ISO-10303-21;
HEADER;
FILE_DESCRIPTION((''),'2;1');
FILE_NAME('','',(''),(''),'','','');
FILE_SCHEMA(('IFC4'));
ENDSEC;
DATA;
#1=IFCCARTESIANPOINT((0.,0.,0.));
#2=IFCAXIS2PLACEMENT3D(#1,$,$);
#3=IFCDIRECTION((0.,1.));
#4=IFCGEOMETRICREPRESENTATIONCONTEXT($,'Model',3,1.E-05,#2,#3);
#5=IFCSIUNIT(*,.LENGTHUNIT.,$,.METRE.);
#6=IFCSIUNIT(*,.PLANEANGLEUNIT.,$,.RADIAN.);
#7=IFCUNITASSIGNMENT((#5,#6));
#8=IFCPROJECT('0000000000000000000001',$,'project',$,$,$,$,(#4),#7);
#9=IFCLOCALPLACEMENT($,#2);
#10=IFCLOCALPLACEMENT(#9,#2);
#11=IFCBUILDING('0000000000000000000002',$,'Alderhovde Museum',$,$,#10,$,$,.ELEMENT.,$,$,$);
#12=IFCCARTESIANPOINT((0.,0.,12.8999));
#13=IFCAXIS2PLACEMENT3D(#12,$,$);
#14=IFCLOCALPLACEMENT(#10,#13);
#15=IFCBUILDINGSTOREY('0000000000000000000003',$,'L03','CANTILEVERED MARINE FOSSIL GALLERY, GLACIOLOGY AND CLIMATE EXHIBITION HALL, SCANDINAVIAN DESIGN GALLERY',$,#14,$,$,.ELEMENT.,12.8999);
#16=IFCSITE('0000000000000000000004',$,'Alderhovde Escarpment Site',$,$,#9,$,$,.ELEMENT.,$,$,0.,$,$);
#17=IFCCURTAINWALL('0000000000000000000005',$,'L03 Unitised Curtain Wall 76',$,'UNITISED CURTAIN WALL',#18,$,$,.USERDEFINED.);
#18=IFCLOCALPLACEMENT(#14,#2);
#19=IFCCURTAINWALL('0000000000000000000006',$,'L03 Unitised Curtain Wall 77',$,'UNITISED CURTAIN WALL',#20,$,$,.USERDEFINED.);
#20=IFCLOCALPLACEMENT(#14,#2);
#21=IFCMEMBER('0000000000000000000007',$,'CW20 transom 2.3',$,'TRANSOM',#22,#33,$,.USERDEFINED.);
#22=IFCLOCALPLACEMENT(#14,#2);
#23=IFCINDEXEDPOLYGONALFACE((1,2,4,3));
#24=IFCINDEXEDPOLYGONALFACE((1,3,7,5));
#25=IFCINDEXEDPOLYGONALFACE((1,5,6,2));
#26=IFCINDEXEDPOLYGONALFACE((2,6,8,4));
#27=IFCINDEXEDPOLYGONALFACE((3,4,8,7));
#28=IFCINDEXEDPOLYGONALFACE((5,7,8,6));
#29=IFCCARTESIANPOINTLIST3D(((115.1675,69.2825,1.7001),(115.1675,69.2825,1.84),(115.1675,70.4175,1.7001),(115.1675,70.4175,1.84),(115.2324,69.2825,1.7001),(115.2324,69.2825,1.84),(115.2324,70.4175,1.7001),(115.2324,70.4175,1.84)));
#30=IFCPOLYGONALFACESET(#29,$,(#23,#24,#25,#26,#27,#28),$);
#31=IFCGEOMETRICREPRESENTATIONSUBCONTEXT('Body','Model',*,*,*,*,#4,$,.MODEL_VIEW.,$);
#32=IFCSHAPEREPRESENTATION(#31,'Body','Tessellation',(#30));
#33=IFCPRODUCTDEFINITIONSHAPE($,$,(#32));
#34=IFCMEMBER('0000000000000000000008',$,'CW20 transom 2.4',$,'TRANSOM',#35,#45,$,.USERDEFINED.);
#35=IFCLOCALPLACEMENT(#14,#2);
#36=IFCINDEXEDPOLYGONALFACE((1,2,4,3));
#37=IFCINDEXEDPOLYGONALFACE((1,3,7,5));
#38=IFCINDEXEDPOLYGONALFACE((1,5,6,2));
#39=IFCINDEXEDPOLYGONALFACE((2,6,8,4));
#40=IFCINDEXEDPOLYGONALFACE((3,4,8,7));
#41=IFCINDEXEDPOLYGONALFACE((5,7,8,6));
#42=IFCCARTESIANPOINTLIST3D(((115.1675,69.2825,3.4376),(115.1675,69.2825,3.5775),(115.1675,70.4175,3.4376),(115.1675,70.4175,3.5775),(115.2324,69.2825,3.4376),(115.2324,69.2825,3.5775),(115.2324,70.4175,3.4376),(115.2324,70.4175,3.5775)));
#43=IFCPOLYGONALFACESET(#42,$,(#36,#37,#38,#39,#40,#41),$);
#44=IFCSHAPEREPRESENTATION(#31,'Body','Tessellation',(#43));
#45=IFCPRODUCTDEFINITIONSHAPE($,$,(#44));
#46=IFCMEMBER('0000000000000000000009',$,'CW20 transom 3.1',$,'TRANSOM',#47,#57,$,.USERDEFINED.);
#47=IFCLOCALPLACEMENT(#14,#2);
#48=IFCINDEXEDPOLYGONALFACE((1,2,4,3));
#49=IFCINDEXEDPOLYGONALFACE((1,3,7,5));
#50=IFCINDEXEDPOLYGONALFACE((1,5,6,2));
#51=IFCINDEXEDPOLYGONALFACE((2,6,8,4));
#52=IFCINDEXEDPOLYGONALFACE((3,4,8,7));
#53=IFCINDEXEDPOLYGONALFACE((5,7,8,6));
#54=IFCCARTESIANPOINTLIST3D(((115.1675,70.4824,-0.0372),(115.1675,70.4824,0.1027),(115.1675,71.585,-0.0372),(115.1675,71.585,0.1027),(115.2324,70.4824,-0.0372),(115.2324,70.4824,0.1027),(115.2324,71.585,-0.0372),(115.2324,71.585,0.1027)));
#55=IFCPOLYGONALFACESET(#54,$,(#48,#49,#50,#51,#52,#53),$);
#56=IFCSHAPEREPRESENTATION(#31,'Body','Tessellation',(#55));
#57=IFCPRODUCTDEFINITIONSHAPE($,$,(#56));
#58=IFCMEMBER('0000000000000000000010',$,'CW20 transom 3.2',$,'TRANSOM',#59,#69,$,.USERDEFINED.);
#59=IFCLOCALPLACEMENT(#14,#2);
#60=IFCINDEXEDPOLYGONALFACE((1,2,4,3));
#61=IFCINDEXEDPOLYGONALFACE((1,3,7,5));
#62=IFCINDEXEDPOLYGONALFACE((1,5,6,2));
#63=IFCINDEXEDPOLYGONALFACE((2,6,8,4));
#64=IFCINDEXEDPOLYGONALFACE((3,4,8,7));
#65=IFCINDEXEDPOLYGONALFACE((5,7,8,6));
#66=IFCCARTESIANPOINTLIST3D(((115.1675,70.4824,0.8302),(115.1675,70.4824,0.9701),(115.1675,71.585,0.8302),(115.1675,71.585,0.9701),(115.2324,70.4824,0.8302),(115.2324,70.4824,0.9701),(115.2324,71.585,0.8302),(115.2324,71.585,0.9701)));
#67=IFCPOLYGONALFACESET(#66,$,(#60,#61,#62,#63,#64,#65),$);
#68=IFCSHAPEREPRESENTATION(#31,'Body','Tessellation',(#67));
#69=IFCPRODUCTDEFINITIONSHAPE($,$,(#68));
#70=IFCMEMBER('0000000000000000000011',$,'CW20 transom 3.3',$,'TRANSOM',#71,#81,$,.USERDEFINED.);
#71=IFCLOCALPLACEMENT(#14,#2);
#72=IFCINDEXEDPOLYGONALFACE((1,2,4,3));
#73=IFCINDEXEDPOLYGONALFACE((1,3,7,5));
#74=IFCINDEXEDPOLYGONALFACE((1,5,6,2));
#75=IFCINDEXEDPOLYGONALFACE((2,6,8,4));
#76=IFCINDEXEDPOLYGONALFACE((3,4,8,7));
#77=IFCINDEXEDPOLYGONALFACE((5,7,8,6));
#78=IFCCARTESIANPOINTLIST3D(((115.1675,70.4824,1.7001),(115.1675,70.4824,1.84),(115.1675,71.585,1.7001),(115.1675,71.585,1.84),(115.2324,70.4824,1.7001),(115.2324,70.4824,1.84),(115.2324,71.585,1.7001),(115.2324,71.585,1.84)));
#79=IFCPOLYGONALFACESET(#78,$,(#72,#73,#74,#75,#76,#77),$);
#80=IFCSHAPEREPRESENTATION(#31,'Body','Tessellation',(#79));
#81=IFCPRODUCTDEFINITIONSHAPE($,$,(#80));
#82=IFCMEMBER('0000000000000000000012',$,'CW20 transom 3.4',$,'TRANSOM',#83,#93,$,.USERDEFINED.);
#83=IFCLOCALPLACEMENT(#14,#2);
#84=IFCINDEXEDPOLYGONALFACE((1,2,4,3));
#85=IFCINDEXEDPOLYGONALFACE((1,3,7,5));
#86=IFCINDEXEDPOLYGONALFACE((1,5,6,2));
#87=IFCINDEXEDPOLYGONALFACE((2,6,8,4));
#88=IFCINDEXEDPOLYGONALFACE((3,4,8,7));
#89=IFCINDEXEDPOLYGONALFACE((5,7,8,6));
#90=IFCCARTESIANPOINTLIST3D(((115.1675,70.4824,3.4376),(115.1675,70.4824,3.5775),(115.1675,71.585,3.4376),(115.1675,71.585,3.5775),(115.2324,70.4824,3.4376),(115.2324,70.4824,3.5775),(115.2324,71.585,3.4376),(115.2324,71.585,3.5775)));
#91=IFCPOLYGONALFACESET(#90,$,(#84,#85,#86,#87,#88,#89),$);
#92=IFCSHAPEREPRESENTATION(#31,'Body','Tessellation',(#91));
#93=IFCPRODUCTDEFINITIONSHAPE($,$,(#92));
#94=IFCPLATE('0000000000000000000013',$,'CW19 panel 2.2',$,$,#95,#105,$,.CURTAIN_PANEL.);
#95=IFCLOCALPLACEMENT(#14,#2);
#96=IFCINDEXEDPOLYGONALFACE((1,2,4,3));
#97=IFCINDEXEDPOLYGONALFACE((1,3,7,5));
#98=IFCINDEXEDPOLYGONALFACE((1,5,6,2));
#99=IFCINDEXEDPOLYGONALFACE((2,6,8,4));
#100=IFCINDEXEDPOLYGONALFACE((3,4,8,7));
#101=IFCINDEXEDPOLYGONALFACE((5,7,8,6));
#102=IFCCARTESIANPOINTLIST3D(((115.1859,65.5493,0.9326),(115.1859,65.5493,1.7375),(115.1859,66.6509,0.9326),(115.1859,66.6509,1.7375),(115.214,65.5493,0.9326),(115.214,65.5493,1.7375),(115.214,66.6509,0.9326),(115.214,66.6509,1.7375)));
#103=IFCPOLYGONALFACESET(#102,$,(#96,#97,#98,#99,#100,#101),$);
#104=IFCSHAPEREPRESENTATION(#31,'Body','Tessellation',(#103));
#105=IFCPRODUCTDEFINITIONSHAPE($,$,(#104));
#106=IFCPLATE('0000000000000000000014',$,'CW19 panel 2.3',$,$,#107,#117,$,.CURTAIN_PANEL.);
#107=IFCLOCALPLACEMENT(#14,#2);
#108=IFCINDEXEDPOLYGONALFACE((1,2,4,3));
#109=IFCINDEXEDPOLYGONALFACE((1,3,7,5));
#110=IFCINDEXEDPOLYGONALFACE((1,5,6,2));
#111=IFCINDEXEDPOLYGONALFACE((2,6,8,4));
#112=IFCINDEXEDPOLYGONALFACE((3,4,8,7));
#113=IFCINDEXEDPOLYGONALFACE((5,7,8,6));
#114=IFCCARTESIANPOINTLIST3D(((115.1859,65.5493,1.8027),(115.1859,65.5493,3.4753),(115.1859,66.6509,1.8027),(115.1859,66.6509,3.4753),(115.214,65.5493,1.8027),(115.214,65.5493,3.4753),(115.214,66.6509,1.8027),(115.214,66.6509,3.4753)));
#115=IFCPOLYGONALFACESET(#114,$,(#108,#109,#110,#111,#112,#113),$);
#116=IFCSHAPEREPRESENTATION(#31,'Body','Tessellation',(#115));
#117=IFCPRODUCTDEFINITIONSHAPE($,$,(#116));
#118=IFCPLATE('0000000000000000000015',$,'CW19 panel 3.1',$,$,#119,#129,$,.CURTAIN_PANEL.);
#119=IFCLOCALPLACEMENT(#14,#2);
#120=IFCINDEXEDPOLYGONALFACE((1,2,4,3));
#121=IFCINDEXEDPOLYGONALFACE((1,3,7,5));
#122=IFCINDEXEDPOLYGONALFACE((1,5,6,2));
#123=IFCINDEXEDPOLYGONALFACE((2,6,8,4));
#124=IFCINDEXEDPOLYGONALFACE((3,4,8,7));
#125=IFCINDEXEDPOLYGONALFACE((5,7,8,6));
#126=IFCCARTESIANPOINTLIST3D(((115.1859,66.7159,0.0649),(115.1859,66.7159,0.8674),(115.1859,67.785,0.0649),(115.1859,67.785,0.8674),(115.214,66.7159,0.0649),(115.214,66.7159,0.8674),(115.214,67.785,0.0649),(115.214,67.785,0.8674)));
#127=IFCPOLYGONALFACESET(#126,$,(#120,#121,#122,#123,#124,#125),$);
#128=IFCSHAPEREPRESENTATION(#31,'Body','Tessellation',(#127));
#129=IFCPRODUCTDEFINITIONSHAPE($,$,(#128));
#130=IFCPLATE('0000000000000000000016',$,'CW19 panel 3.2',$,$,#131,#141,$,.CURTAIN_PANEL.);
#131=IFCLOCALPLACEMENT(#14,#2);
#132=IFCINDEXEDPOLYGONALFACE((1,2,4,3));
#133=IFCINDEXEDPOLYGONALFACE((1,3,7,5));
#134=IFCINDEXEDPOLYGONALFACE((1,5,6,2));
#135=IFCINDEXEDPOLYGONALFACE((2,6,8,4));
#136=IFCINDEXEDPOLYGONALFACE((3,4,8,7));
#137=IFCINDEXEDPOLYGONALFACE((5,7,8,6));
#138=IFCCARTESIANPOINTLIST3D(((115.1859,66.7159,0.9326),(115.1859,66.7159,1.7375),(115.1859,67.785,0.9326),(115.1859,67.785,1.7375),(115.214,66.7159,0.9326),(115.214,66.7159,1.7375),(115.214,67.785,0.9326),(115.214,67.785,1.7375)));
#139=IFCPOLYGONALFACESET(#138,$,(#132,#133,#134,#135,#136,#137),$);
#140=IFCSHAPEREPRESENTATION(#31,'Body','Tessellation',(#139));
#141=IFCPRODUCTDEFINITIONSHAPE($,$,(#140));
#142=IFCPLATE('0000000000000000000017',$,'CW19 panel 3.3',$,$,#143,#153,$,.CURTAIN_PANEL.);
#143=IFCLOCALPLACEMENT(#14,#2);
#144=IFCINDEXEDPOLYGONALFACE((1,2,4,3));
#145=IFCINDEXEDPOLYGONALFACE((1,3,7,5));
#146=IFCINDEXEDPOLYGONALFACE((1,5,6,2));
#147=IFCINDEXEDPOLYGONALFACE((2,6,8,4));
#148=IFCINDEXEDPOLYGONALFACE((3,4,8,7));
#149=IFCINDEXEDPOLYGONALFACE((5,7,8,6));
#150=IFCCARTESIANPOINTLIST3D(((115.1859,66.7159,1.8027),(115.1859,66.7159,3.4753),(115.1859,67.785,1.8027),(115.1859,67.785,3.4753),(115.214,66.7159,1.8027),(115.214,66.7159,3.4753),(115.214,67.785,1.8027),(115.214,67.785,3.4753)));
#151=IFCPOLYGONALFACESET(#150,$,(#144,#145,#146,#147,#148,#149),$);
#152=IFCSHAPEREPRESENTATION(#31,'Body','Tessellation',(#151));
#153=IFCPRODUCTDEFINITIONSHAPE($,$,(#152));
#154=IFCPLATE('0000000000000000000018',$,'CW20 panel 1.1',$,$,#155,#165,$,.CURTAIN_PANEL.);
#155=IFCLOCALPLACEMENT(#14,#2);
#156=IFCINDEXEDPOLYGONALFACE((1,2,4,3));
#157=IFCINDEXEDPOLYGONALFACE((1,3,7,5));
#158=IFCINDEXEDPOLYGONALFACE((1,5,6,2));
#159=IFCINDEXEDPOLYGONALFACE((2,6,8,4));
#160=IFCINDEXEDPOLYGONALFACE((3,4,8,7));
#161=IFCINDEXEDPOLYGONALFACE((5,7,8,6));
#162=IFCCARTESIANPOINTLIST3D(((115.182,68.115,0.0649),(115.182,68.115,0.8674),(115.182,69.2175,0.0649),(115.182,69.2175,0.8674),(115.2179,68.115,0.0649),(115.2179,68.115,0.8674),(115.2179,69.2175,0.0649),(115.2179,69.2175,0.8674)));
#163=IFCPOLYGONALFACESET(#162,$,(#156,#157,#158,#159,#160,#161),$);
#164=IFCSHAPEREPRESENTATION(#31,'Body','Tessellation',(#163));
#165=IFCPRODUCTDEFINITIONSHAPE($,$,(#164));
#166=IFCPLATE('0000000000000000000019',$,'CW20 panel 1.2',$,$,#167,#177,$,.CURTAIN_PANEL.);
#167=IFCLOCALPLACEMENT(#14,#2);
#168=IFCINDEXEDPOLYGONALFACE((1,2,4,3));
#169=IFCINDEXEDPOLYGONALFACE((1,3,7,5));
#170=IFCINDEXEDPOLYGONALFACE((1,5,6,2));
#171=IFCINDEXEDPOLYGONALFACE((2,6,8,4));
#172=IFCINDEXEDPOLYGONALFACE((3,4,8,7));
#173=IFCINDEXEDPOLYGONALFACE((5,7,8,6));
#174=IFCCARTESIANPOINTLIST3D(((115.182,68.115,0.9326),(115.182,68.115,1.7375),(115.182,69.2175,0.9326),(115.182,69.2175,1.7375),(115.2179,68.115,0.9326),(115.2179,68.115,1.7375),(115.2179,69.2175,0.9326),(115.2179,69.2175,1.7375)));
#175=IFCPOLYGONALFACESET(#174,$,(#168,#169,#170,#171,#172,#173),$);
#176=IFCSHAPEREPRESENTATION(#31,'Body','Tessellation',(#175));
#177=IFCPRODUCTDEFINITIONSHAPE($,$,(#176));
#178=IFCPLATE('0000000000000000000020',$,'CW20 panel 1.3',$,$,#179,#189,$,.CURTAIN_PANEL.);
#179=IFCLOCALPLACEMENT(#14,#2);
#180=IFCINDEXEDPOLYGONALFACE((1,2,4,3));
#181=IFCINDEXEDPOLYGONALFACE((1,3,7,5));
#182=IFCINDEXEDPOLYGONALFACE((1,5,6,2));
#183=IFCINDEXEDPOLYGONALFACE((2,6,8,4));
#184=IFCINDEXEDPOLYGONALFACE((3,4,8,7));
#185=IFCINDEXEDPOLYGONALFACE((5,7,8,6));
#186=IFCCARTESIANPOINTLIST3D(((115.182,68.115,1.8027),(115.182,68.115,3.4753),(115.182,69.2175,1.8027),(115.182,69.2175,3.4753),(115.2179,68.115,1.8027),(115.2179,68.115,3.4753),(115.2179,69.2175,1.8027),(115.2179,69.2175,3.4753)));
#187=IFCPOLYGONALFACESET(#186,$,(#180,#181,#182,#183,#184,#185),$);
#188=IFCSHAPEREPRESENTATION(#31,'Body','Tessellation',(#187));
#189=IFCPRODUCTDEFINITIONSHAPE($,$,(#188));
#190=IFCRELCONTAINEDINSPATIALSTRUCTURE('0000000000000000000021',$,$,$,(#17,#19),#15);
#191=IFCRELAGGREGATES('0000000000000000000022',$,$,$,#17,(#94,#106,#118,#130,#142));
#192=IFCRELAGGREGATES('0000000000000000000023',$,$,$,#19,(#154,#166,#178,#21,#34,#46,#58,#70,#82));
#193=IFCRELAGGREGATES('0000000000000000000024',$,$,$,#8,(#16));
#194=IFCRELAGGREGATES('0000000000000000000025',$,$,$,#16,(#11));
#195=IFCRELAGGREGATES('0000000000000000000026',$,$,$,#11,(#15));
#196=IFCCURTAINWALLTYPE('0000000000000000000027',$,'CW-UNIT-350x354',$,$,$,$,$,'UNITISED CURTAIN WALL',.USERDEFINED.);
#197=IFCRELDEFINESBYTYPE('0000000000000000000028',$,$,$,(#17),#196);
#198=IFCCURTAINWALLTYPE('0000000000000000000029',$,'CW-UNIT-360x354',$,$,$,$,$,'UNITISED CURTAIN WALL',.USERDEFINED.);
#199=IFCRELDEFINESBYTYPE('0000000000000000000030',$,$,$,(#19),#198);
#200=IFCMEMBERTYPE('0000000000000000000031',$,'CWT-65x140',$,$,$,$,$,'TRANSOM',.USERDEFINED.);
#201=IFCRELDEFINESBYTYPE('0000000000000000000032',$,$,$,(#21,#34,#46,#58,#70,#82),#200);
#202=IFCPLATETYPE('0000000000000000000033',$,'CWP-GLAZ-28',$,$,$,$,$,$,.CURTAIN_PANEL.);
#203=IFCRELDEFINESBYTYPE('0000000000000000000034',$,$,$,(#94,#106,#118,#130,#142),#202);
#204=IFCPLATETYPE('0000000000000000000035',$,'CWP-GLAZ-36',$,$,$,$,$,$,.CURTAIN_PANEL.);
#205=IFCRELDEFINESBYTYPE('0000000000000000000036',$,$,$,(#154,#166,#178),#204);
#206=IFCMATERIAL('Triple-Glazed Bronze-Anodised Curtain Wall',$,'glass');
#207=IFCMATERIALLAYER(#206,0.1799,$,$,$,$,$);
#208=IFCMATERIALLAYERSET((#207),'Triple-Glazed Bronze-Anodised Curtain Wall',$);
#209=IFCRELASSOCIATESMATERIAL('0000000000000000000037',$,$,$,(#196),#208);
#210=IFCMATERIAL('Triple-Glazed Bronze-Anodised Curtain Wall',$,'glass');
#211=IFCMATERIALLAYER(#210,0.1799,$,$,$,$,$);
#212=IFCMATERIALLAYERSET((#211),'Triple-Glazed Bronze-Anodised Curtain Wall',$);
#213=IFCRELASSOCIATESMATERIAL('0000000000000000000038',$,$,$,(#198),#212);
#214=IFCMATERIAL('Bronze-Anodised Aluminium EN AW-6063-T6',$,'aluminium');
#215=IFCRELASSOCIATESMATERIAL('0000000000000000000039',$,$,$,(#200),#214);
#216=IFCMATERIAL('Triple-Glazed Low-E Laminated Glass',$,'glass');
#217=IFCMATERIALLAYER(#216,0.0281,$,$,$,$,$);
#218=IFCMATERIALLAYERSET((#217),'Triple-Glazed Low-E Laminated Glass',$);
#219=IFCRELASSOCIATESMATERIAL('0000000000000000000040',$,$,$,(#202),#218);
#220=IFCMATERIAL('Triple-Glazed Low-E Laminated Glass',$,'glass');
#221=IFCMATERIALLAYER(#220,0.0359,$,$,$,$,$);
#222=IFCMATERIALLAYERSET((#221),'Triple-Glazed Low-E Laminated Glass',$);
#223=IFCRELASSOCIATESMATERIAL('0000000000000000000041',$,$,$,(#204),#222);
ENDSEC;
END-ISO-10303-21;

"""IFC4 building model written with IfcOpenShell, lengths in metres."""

from ifc_helpers import new_model, si_unit, direction, frame, origin, origin_2d, place, context, subcontext, project, spatial, rectangle, extrude, material, layer, layer_set, material_profile, profile_set, type_object, element, aggregate, save


model = new_model("IFC4")

# Units and contexts
model_context = context("Model", 3, precision=1e-05, world=origin(), true_north=direction((0.0, 1.0)))
body_context = subcontext(model_context, "Body", "Model", "MODEL_VIEW")
ifc_project = project(units=[si_unit("LENGTHUNIT", "METRE"), si_unit("PLANEANGLEUNIT", "RADIAN")], contexts=[model_context])

# Site, building, storey
site_placement = place(None, origin())
site = spatial("IfcSite", under=ifc_project, at=site_placement, Name="Alderhovde Escarpment Site", CompositionType="ELEMENT", RefElevation=0.0)
building_placement = place(site_placement, origin())
building = spatial("IfcBuilding", under=site, at=building_placement, Name="Alderhovde Museum", CompositionType="ELEMENT")
storey_placement = place(building_placement, frame((0.0, 0.0, 12.8999)))
storey = spatial("IfcBuildingStorey", under=building, at=storey_placement, Name="L03", Description="CANTILEVERED MARINE FOSSIL GALLERY, GLACIOLOGY AND CLIMATE EXHIBITION HALL, SCANDINAVIAN DESIGN GALLERY", CompositionType="ELEMENT", Elevation=12.8999)

# Curtain walls
ifc_material_1 = material(Name="Triple-Glazed Bronze-Anodised Curtain Wall", Category="glass")
ifc_layer_1 = layer(ifc_material_1, 0.1799)
ifc_layer_set_1 = layer_set([ifc_layer_1], Name="Triple-Glazed Bronze-Anodised Curtain Wall")
curtain_wall_type_1 = type_object("IfcCurtainWallType", Name="CW-UNIT-350x354", ElementType="UNITISED CURTAIN WALL", PredefinedType="USERDEFINED", material=ifc_layer_set_1)
curtain_wall_1_placement = place(storey_placement, origin())
curtain_wall_1 = element("IfcCurtainWall", 1, at=curtain_wall_1_placement, inside=storey, type_object=curtain_wall_type_1, Name="L03 Unitised Curtain Wall 76", ObjectType="UNITISED CURTAIN WALL", PredefinedType="USERDEFINED")
ifc_material_2 = material(Name="Triple-Glazed Bronze-Anodised Curtain Wall", Category="glass")
ifc_layer_2 = layer(ifc_material_2, 0.1799)
ifc_layer_set_2 = layer_set([ifc_layer_2], Name="Triple-Glazed Bronze-Anodised Curtain Wall")
curtain_wall_type_2 = type_object("IfcCurtainWallType", Name="CW-UNIT-360x354", ElementType="UNITISED CURTAIN WALL", PredefinedType="USERDEFINED", material=ifc_layer_set_2)
curtain_wall_2_placement = place(storey_placement, origin())
curtain_wall_2 = element("IfcCurtainWall", 2, at=curtain_wall_2_placement, inside=storey, type_object=curtain_wall_type_2, Name="L03 Unitised Curtain Wall 77", ObjectType="UNITISED CURTAIN WALL", PredefinedType="USERDEFINED")

# Members
ifc_material_3 = material(Name="Bronze-Anodised Aluminium EN AW-6063-T6", Category="aluminium")
ifc_material_profile_1 = material_profile(ifc_material_3, rectangle(XDim=0.0649, YDim=0.1399, at=origin_2d()), Name="TRANSOM 65x140")
ifc_profile_set_1 = profile_set([ifc_material_profile_1], Name="Bronze-Anodised Aluminium EN AW-6063-T6")
member_type_1 = type_object("IfcMemberType", Name="CWT-65x140", ElementType="TRANSOM", PredefinedType="USERDEFINED", material=ifc_profile_set_1)
member_1_placement = place(storey_placement, frame((115.2, 69.2825, 1.77), z_axis=(0.0, 1.0, 0.0), x_axis=(-1.0, 0.0, 0.0)))
member_1 = element("IfcMember", 3, at=member_1_placement, type_object=member_type_1, Name="CW20 transom 2.3", ObjectType="TRANSOM", PredefinedType="USERDEFINED", context=body_context, shape_type="SweptSolid", body=[
    extrude(rectangle(XDim=0.0649, YDim=0.1399, at=origin_2d()), origin(), (0.0, 0.0, 1.0), 1.135),
])
member_2_placement = place(storey_placement, frame((115.2, 69.2825, 3.5076), z_axis=(0.0, 1.0, 0.0), x_axis=(-1.0, 0.0, 0.0)))
member_2 = element("IfcMember", 4, at=member_2_placement, type_object=member_type_1, Name="CW20 transom 2.4", ObjectType="TRANSOM", PredefinedType="USERDEFINED", context=body_context, shape_type="SweptSolid", body=[
    extrude(rectangle(XDim=0.0649, YDim=0.1399, at=origin_2d()), origin(), (0.0, 0.0, 1.0), 1.135),
])
member_3_placement = place(storey_placement, frame((115.2, 70.4824, 0.0327), z_axis=(0.0, 1.0, 0.0), x_axis=(-1.0, 0.0, 0.0)))
member_3 = element("IfcMember", 5, at=member_3_placement, type_object=member_type_1, Name="CW20 transom 3.1", ObjectType="TRANSOM", PredefinedType="USERDEFINED", context=body_context, shape_type="SweptSolid", body=[
    extrude(rectangle(XDim=0.0649, YDim=0.1399, at=origin_2d()), origin(), (0.0, 0.0, 1.0), 1.1025),
])
member_4_placement = place(storey_placement, frame((115.2, 70.4824, 0.9001), z_axis=(0.0, 1.0, 0.0), x_axis=(-1.0, 0.0, 0.0)))
member_4 = element("IfcMember", 6, at=member_4_placement, type_object=member_type_1, Name="CW20 transom 3.2", ObjectType="TRANSOM", PredefinedType="USERDEFINED", context=body_context, shape_type="SweptSolid", body=[
    extrude(rectangle(XDim=0.0649, YDim=0.1399, at=origin_2d()), origin(), (0.0, 0.0, 1.0), 1.1025),
])
member_5_placement = place(storey_placement, frame((115.2, 70.4824, 1.77), z_axis=(0.0, 1.0, 0.0), x_axis=(-1.0, 0.0, 0.0)))
member_5 = element("IfcMember", 7, at=member_5_placement, type_object=member_type_1, Name="CW20 transom 3.3", ObjectType="TRANSOM", PredefinedType="USERDEFINED", context=body_context, shape_type="SweptSolid", body=[
    extrude(rectangle(XDim=0.0649, YDim=0.1399, at=origin_2d()), origin(), (0.0, 0.0, 1.0), 1.1025),
])
member_6_placement = place(storey_placement, frame((115.2, 70.4824, 3.5076), z_axis=(0.0, 1.0, 0.0), x_axis=(-1.0, 0.0, 0.0)))
member_6 = element("IfcMember", 8, at=member_6_placement, type_object=member_type_1, Name="CW20 transom 3.4", ObjectType="TRANSOM", PredefinedType="USERDEFINED", context=body_context, shape_type="SweptSolid", body=[
    extrude(rectangle(XDim=0.0649, YDim=0.1399, at=origin_2d()), origin(), (0.0, 0.0, 1.0), 1.1025),
])

# Plates
ifc_material_4 = material(Name="Triple-Glazed Low-E Laminated Glass", Category="glass")
ifc_layer_3 = layer(ifc_material_4, 0.0281)
ifc_layer_set_3 = layer_set([ifc_layer_3], Name="Triple-Glazed Low-E Laminated Glass")
plate_type_1 = type_object("IfcPlateType", Name="CWP-GLAZ-28", PredefinedType="CURTAIN_PANEL", material=ifc_layer_set_3)
plate_1_placement = place(storey_placement, frame((115.2, 66.1001, 0.9326), z_axis=(0.0, 0.0, 1.0), x_axis=(0.0, 1.0, 0.0)))
plate_1 = element("IfcPlate", 9, at=plate_1_placement, type_object=plate_type_1, Name="CW19 panel 2.2", PredefinedType="CURTAIN_PANEL", context=body_context, shape_type="SweptSolid", body=[
    extrude(rectangle(XDim=1.1016, YDim=0.0281, at=origin_2d()), origin(), (0.0, 0.0, 1.0), 0.8049),
])
plate_2_placement = place(storey_placement, frame((115.2, 66.1001, 1.8027), z_axis=(0.0, 0.0, 1.0), x_axis=(0.0, 1.0, 0.0)))
plate_2 = element("IfcPlate", 10, at=plate_2_placement, type_object=plate_type_1, Name="CW19 panel 2.3", PredefinedType="CURTAIN_PANEL", context=body_context, shape_type="SweptSolid", body=[
    extrude(rectangle(XDim=1.1016, YDim=0.0281, at=origin_2d()), origin(), (0.0, 0.0, 1.0), 1.6726),
])
plate_3_placement = place(storey_placement, frame((115.2, 67.2505, 0.0649), z_axis=(0.0, 0.0, 1.0), x_axis=(0.0, 1.0, 0.0)))
plate_3 = element("IfcPlate", 11, at=plate_3_placement, type_object=plate_type_1, Name="CW19 panel 3.1", PredefinedType="CURTAIN_PANEL", context=body_context, shape_type="SweptSolid", body=[
    extrude(rectangle(XDim=1.0691, YDim=0.0281, at=origin_2d()), origin(), (0.0, 0.0, 1.0), 0.8025),
])
plate_4_placement = place(storey_placement, frame((115.2, 67.2505, 0.9326), z_axis=(0.0, 0.0, 1.0), x_axis=(0.0, 1.0, 0.0)))
plate_4 = element("IfcPlate", 12, at=plate_4_placement, type_object=plate_type_1, Name="CW19 panel 3.2", PredefinedType="CURTAIN_PANEL", context=body_context, shape_type="SweptSolid", body=[
    extrude(rectangle(XDim=1.0691, YDim=0.0281, at=origin_2d()), origin(), (0.0, 0.0, 1.0), 0.8049),
])
plate_5_placement = place(storey_placement, frame((115.2, 67.2505, 1.8027), z_axis=(0.0, 0.0, 1.0), x_axis=(0.0, 1.0, 0.0)))
plate_5 = element("IfcPlate", 13, at=plate_5_placement, type_object=plate_type_1, Name="CW19 panel 3.3", PredefinedType="CURTAIN_PANEL", context=body_context, shape_type="SweptSolid", body=[
    extrude(rectangle(XDim=1.0691, YDim=0.0281, at=origin_2d()), origin(), (0.0, 0.0, 1.0), 1.6726),
])
aggregate(curtain_wall_1, [plate_1, plate_2, plate_3, plate_4, plate_5])
ifc_material_5 = material(Name="Triple-Glazed Low-E Laminated Glass", Category="glass")
ifc_layer_4 = layer(ifc_material_5, 0.0359)
ifc_layer_set_4 = layer_set([ifc_layer_4], Name="Triple-Glazed Low-E Laminated Glass")
plate_type_2 = type_object("IfcPlateType", Name="CWP-GLAZ-36", PredefinedType="CURTAIN_PANEL", material=ifc_layer_set_4)
plate_6_placement = place(storey_placement, frame((115.2, 68.6663, 0.0649), z_axis=(0.0, 0.0, 1.0), x_axis=(0.0, 1.0, 0.0)))
plate_6 = element("IfcPlate", 14, at=plate_6_placement, type_object=plate_type_2, Name="CW20 panel 1.1", PredefinedType="CURTAIN_PANEL", context=body_context, shape_type="SweptSolid", body=[
    extrude(rectangle(XDim=1.1025, YDim=0.0359, at=origin_2d()), origin(), (0.0, 0.0, 1.0), 0.8025),
])
plate_7_placement = place(storey_placement, frame((115.2, 68.6663, 0.9326), z_axis=(0.0, 0.0, 1.0), x_axis=(0.0, 1.0, 0.0)))
plate_7 = element("IfcPlate", 15, at=plate_7_placement, type_object=plate_type_2, Name="CW20 panel 1.2", PredefinedType="CURTAIN_PANEL", context=body_context, shape_type="SweptSolid", body=[
    extrude(rectangle(XDim=1.1025, YDim=0.0359, at=origin_2d()), origin(), (0.0, 0.0, 1.0), 0.8049),
])
plate_8_placement = place(storey_placement, frame((115.2, 68.6663, 1.8027), z_axis=(0.0, 0.0, 1.0), x_axis=(0.0, 1.0, 0.0)))
plate_8 = element("IfcPlate", 16, at=plate_8_placement, type_object=plate_type_2, Name="CW20 panel 1.3", PredefinedType="CURTAIN_PANEL", context=body_context, shape_type="SweptSolid", body=[
    extrude(rectangle(XDim=1.1025, YDim=0.0359, at=origin_2d()), origin(), (0.0, 0.0, 1.0), 1.6726),
])
aggregate(curtain_wall_2, [plate_6, plate_7, plate_8, member_1, member_2, member_3, member_4, member_5, member_6])

save(model, "model.ifc")
